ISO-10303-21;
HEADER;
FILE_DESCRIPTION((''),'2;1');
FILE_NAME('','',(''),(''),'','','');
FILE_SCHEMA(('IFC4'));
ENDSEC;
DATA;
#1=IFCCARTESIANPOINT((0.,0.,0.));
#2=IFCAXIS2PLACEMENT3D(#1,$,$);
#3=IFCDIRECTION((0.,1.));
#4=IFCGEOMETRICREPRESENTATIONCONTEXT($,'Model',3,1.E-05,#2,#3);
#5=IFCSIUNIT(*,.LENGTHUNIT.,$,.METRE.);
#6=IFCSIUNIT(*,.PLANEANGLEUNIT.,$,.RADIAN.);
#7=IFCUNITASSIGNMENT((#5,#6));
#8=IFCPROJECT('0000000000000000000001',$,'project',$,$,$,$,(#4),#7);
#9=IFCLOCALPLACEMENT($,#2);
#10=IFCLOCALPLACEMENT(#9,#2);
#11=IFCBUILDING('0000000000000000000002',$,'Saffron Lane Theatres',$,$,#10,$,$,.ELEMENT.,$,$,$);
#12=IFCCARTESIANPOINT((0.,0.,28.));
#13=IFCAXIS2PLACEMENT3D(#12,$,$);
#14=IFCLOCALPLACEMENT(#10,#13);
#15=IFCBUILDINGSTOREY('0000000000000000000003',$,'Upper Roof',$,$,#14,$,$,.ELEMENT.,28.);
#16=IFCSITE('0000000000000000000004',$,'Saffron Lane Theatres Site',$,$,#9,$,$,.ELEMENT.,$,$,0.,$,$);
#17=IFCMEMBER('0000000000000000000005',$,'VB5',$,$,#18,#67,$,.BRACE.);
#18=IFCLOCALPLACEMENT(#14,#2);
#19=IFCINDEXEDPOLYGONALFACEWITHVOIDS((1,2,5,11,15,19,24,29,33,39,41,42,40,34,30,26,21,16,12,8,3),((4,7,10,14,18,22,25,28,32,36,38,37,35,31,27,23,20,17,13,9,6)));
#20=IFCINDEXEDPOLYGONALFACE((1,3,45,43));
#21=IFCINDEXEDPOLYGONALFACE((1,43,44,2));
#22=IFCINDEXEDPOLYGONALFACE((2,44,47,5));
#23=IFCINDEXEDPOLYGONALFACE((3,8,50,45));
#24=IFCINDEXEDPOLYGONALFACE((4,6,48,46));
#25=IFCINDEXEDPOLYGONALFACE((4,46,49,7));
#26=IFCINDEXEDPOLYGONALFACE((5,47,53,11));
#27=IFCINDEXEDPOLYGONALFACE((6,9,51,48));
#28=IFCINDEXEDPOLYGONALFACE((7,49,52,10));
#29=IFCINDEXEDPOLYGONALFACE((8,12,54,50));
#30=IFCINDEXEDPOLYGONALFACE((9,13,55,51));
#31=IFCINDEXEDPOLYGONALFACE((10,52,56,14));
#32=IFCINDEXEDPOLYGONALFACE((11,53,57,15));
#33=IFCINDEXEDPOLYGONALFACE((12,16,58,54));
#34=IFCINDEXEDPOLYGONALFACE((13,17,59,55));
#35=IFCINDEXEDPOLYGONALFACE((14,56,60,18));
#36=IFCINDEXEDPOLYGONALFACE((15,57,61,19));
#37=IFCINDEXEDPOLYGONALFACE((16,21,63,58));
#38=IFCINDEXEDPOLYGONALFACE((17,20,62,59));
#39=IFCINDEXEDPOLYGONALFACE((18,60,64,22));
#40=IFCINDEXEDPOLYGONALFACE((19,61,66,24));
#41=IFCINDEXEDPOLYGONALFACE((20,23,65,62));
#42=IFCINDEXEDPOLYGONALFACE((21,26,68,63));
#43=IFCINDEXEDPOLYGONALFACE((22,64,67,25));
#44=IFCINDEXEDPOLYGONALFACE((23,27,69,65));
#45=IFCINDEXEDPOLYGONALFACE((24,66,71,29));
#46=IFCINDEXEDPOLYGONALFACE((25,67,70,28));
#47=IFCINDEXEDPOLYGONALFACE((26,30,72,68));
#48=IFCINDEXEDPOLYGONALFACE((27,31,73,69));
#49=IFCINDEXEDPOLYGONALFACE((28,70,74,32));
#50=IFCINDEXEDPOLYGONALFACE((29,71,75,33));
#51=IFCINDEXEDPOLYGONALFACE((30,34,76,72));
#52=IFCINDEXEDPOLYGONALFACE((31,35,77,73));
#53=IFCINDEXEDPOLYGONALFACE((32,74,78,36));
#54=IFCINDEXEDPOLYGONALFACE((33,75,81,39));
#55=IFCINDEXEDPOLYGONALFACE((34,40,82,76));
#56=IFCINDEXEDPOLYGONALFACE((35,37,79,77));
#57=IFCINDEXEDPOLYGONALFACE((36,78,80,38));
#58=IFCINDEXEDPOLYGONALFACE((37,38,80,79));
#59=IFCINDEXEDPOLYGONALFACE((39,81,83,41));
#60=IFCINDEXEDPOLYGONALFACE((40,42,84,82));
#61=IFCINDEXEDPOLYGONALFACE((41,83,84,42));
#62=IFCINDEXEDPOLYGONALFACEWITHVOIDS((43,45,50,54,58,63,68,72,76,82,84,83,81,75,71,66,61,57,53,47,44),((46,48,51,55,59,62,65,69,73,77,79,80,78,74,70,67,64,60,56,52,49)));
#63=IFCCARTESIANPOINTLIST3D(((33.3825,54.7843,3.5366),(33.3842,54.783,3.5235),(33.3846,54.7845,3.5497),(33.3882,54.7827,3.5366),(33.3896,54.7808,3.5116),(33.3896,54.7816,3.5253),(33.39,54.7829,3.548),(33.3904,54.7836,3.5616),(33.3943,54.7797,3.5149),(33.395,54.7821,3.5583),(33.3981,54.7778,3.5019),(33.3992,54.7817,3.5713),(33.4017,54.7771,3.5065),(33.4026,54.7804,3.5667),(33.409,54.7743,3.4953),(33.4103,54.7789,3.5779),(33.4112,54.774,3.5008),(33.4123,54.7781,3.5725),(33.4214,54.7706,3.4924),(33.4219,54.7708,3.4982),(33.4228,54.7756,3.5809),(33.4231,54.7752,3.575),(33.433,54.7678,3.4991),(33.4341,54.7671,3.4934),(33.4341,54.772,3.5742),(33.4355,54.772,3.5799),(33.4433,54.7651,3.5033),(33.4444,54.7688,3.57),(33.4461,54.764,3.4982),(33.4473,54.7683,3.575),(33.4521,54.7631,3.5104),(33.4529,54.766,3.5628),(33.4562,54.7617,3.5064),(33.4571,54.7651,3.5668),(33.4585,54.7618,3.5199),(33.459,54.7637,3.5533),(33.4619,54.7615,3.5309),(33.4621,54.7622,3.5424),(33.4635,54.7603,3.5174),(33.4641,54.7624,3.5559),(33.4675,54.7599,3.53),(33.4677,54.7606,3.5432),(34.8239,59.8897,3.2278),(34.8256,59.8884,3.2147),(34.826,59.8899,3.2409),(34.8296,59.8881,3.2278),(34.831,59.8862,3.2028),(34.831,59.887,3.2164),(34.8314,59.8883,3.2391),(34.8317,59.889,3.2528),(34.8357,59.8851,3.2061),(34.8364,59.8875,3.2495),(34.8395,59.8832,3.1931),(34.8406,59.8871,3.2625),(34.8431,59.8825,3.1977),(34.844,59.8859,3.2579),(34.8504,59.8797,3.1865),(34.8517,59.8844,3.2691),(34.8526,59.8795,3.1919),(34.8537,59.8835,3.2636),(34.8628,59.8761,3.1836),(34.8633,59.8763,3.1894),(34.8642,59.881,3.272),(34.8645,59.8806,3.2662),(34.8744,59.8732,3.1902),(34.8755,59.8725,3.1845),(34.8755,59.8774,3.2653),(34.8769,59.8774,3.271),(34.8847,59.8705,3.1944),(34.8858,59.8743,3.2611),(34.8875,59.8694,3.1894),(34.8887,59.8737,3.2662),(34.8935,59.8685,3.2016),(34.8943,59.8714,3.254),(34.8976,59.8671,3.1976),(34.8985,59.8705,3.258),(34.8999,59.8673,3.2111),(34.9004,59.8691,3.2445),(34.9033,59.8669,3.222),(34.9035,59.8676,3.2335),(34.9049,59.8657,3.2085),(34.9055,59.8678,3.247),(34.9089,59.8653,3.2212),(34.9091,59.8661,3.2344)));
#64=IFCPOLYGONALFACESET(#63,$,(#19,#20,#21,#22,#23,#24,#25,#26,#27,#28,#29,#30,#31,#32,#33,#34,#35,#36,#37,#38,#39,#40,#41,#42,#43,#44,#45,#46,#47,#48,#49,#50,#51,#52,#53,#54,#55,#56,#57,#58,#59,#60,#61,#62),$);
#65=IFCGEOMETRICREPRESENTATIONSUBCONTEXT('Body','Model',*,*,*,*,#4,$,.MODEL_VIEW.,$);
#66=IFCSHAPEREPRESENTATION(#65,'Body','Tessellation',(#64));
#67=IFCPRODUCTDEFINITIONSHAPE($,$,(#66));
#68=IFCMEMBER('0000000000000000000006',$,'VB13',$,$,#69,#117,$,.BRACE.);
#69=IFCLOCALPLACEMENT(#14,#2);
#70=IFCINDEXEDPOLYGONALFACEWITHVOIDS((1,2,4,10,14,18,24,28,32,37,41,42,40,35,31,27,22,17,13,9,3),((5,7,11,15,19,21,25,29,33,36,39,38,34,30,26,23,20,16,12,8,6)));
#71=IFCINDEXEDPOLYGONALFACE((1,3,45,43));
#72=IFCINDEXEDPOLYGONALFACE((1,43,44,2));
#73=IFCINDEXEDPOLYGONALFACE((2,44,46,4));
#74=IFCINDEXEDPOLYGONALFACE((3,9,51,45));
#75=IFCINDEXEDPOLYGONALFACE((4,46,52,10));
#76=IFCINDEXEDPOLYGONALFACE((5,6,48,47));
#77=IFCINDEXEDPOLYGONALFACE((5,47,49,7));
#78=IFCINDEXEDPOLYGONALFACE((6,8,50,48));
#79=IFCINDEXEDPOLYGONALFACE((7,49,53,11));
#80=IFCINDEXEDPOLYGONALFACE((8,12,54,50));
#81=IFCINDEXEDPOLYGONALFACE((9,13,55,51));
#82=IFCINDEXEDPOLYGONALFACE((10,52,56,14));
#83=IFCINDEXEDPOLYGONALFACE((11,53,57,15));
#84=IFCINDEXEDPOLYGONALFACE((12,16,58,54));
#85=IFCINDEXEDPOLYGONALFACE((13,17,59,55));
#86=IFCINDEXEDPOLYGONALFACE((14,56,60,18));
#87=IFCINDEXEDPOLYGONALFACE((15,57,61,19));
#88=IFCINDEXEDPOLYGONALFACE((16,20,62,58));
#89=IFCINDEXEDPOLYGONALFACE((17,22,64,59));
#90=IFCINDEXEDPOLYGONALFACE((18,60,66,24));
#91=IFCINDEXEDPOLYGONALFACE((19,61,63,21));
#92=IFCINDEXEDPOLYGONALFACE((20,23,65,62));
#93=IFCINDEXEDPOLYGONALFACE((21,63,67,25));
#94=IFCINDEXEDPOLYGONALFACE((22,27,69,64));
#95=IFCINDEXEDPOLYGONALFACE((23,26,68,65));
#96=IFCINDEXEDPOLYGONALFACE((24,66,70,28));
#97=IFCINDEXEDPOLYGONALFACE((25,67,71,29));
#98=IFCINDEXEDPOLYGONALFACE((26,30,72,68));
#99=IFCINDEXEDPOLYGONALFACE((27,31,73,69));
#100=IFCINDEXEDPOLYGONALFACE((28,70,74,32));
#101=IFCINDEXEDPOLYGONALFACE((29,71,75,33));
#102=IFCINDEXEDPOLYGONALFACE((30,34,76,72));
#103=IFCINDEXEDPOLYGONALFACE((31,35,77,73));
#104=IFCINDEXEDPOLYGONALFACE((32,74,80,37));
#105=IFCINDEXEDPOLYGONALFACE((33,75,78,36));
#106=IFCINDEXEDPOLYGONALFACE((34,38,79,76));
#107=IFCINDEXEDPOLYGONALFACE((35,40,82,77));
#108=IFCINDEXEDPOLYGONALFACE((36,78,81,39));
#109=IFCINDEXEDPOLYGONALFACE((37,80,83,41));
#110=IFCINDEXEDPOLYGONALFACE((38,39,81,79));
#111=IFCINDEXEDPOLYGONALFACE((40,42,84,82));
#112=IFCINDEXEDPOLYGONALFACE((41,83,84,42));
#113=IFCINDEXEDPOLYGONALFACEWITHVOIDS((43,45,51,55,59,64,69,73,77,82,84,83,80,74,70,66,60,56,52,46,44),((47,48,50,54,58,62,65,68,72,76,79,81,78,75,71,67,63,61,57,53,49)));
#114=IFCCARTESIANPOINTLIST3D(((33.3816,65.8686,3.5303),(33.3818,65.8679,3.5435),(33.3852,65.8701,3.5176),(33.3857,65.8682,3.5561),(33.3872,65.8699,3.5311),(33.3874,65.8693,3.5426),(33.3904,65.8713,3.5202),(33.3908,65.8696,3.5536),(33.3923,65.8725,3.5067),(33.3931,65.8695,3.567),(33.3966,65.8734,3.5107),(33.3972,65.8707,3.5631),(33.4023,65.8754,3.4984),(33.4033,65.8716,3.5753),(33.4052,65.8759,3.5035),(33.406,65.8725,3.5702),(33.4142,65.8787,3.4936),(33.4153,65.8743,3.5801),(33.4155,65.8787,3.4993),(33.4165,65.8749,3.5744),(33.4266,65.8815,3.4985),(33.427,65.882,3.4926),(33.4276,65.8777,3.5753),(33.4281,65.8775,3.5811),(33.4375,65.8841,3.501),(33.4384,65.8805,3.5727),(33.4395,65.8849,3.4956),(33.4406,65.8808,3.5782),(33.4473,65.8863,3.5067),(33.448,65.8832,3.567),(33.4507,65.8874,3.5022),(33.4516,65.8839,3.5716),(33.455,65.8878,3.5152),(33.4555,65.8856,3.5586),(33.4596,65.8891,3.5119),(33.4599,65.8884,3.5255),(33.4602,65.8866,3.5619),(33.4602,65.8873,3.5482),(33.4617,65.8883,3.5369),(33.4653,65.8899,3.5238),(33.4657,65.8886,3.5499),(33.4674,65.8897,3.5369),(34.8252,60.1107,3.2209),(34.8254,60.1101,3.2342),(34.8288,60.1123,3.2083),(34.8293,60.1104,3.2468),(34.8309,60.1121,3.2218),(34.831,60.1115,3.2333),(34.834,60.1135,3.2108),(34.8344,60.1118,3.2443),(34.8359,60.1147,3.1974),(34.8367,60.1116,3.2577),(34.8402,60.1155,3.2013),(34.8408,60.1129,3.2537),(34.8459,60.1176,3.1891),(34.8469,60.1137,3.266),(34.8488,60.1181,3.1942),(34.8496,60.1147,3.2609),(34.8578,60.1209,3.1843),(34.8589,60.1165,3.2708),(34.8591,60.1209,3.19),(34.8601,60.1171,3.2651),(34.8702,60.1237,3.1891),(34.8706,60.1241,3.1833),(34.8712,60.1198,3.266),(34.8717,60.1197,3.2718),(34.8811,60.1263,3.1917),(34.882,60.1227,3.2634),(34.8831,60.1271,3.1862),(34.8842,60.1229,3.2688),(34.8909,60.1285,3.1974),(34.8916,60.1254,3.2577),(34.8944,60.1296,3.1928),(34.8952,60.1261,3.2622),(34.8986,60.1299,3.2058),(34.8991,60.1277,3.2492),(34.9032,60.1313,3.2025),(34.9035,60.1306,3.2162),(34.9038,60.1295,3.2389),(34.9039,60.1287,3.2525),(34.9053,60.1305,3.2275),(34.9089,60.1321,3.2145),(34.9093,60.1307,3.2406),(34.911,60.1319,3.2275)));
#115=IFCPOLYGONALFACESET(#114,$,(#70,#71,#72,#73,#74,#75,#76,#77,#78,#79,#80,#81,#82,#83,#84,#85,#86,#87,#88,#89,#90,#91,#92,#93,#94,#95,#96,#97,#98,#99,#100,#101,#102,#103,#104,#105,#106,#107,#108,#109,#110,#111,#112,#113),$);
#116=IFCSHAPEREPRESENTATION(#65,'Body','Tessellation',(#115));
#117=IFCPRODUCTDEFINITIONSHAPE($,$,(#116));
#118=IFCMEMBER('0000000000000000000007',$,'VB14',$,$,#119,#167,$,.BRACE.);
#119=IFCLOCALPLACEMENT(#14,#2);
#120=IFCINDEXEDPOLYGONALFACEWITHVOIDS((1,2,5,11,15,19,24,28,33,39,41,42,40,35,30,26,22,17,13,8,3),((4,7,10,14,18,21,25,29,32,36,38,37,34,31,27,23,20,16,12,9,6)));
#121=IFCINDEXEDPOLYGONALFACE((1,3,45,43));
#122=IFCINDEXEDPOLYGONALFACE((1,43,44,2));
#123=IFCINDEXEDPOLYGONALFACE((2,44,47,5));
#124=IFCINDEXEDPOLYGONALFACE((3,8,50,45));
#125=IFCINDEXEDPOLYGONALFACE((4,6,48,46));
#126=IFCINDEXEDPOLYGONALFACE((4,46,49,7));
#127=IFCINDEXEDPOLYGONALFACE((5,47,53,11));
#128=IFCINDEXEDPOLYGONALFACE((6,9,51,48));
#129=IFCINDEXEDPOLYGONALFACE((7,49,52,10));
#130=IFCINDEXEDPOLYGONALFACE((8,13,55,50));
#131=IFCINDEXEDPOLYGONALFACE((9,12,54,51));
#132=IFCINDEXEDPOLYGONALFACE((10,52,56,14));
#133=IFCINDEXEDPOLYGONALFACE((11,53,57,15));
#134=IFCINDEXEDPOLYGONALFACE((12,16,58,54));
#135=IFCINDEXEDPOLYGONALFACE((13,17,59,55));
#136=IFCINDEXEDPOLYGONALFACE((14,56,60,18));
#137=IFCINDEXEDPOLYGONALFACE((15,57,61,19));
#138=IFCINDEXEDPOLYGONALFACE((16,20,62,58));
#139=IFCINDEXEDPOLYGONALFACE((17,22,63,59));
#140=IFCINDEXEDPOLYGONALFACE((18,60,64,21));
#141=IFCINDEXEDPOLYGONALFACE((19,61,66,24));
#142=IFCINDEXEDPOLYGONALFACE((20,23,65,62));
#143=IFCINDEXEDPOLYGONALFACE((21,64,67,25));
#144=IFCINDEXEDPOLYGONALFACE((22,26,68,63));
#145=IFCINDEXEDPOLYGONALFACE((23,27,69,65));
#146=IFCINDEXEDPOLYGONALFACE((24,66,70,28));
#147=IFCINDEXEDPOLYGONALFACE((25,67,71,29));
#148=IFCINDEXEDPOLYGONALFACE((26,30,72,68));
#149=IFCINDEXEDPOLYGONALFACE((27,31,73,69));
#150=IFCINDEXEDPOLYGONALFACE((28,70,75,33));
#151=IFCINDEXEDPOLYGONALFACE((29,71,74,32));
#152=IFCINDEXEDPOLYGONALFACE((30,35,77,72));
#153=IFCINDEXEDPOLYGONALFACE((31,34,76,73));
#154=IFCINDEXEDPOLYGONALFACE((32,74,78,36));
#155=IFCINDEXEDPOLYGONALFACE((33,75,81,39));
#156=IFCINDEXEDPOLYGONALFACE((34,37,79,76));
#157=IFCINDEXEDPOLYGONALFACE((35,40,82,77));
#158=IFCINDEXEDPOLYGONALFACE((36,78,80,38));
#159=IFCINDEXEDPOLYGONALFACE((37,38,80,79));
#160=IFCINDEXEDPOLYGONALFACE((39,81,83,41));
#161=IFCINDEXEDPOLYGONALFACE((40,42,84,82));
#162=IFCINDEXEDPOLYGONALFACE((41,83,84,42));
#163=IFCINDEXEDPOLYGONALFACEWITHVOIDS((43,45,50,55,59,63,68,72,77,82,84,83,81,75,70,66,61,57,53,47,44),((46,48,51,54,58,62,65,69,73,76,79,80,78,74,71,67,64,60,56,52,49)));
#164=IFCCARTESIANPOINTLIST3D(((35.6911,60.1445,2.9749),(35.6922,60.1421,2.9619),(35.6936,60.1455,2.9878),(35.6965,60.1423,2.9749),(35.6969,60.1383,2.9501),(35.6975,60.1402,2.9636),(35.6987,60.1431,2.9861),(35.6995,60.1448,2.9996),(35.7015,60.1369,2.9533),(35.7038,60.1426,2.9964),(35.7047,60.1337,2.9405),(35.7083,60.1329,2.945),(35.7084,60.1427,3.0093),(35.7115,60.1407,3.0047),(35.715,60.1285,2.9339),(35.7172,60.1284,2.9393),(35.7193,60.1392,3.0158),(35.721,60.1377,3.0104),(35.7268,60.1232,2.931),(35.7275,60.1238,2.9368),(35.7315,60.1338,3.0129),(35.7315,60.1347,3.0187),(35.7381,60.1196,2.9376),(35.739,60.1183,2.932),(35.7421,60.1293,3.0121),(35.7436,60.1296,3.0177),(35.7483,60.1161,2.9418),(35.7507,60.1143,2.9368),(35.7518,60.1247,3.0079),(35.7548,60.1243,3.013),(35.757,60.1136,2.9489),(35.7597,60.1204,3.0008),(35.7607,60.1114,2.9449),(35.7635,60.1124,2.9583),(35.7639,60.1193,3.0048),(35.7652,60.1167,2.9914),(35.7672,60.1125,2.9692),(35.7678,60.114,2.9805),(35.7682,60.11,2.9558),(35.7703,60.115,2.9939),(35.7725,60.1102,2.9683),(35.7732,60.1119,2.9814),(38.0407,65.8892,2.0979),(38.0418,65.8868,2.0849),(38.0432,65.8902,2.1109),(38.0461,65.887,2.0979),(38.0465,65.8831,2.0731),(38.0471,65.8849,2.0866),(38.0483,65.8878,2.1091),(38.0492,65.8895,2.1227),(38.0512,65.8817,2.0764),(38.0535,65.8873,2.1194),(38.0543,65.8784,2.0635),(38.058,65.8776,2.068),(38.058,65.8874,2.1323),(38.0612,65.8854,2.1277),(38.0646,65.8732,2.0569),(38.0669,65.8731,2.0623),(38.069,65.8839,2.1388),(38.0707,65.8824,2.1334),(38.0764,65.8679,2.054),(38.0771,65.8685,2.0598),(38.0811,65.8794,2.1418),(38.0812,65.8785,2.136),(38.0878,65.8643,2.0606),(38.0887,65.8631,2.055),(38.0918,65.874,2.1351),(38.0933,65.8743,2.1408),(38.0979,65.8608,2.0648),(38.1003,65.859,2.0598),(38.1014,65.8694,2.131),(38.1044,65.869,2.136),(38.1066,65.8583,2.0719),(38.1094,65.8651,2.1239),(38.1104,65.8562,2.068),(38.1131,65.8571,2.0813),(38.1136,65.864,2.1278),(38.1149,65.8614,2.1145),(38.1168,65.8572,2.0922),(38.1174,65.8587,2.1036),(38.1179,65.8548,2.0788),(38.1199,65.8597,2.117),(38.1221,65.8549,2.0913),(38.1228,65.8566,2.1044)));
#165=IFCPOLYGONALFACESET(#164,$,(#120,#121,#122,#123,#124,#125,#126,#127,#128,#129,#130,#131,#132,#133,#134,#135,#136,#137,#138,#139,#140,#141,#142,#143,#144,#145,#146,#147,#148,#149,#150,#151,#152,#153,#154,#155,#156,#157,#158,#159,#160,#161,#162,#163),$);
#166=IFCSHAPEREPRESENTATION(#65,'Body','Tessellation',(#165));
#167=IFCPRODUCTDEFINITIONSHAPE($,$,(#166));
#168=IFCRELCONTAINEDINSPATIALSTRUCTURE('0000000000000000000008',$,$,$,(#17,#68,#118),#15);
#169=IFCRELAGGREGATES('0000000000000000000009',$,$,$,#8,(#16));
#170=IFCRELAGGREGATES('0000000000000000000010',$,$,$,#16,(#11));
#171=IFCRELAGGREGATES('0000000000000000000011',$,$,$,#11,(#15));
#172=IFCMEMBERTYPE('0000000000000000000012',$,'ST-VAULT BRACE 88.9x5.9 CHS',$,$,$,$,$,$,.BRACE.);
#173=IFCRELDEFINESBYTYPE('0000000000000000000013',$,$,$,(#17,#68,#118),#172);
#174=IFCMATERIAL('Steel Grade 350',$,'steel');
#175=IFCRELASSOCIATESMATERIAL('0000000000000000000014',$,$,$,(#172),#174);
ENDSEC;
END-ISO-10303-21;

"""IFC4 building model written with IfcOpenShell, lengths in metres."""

from ifc_helpers import new_model, si_unit, direction, frame, origin, origin_2d, place, context, subcontext, project, spatial, hollow_circle, extrude, material, material_profile, profile_set, type_object, element, save


model = new_model("IFC4")

# Units and contexts
model_context = context("Model", 3, precision=1e-05, world=origin(), true_north=direction((0.0, 1.0)))
body_context = subcontext(model_context, "Body", "Model", "MODEL_VIEW")
ifc_project = project(units=[si_unit("LENGTHUNIT", "METRE"), si_unit("PLANEANGLEUNIT", "RADIAN")], contexts=[model_context])

# Site, building, storey
site_placement = place(None, origin())
site = spatial("IfcSite", under=ifc_project, at=site_placement, Name="Saffron Lane Theatres Site", CompositionType="ELEMENT", RefElevation=0.0)
building_placement = place(site_placement, origin())
building = spatial("IfcBuilding", under=site, at=building_placement, Name="Saffron Lane Theatres", CompositionType="ELEMENT")
storey_placement = place(building_placement, frame((0.0, 0.0, 28.0)))
storey = spatial("IfcBuildingStorey", under=building, at=storey_placement, Name="Upper Roof", CompositionType="ELEMENT", Elevation=28.0)

# Members
ifc_material_1 = material(Name="Steel Grade 350", Category="steel")
ifc_material_profile_1 = material_profile(ifc_material_1, hollow_circle(Radius=0.0444, WallThickness=0.0059, at=origin_2d()))
ifc_profile_set_1 = profile_set([ifc_material_profile_1], Name="Steel Grade 350")
member_type_1 = type_object("IfcMemberType", Name="ST-VAULT BRACE 88.9x5.9 CHS", PredefinedType="BRACE", material=ifc_profile_set_1)
member_1_placement = place(storey_placement, frame((33.4253, 54.7722, 3.5366), z_axis=(0.271246, 0.960754, -0.058118), x_axis=(-0.962381, 0.271705, 0.0)))
element("IfcMember", 1, at=member_1_placement, inside=storey, type_object=member_type_1, Name="VB5", PredefinedType="BRACE", context=body_context, shape_type="SweptSolid", body=[
    extrude(hollow_circle(Radius=0.0444, WallThickness=0.0059, at=origin_2d()), origin(), (0.0, 0.0, 1.0), 5.314),
])
member_2_placement = place(storey_placement, frame((33.4243, 65.8789, 3.5369), z_axis=(0.242864, -0.968663, -0.052039), x_axis=(0.969978, 0.243194, 0.0)))
element("IfcMember", 2, at=member_2_placement, inside=storey, type_object=member_type_1, Name="VB13", PredefinedType="BRACE", context=body_context, shape_type="SweptSolid", body=[
    extrude(hollow_circle(Radius=0.0444, WallThickness=0.0059, at=origin_2d()), origin(), (0.0, 0.0, 1.0), 5.9441),
])
member_3_placement = place(storey_placement, frame((35.7322, 60.1277, 2.9749), z_axis=(0.374845, 0.91647, -0.139905), x_axis=(-0.925573, 0.378569, 0.0)))
element("IfcMember", 3, at=member_3_placement, inside=storey, type_object=member_type_1, Name="VB14", PredefinedType="BRACE", context=body_context, shape_type="SweptSolid", body=[
    extrude(hollow_circle(Radius=0.0444, WallThickness=0.0059, at=origin_2d()), origin(), (0.0, 0.0, 1.0), 6.2683),
])

save(model, "model.ifc")
